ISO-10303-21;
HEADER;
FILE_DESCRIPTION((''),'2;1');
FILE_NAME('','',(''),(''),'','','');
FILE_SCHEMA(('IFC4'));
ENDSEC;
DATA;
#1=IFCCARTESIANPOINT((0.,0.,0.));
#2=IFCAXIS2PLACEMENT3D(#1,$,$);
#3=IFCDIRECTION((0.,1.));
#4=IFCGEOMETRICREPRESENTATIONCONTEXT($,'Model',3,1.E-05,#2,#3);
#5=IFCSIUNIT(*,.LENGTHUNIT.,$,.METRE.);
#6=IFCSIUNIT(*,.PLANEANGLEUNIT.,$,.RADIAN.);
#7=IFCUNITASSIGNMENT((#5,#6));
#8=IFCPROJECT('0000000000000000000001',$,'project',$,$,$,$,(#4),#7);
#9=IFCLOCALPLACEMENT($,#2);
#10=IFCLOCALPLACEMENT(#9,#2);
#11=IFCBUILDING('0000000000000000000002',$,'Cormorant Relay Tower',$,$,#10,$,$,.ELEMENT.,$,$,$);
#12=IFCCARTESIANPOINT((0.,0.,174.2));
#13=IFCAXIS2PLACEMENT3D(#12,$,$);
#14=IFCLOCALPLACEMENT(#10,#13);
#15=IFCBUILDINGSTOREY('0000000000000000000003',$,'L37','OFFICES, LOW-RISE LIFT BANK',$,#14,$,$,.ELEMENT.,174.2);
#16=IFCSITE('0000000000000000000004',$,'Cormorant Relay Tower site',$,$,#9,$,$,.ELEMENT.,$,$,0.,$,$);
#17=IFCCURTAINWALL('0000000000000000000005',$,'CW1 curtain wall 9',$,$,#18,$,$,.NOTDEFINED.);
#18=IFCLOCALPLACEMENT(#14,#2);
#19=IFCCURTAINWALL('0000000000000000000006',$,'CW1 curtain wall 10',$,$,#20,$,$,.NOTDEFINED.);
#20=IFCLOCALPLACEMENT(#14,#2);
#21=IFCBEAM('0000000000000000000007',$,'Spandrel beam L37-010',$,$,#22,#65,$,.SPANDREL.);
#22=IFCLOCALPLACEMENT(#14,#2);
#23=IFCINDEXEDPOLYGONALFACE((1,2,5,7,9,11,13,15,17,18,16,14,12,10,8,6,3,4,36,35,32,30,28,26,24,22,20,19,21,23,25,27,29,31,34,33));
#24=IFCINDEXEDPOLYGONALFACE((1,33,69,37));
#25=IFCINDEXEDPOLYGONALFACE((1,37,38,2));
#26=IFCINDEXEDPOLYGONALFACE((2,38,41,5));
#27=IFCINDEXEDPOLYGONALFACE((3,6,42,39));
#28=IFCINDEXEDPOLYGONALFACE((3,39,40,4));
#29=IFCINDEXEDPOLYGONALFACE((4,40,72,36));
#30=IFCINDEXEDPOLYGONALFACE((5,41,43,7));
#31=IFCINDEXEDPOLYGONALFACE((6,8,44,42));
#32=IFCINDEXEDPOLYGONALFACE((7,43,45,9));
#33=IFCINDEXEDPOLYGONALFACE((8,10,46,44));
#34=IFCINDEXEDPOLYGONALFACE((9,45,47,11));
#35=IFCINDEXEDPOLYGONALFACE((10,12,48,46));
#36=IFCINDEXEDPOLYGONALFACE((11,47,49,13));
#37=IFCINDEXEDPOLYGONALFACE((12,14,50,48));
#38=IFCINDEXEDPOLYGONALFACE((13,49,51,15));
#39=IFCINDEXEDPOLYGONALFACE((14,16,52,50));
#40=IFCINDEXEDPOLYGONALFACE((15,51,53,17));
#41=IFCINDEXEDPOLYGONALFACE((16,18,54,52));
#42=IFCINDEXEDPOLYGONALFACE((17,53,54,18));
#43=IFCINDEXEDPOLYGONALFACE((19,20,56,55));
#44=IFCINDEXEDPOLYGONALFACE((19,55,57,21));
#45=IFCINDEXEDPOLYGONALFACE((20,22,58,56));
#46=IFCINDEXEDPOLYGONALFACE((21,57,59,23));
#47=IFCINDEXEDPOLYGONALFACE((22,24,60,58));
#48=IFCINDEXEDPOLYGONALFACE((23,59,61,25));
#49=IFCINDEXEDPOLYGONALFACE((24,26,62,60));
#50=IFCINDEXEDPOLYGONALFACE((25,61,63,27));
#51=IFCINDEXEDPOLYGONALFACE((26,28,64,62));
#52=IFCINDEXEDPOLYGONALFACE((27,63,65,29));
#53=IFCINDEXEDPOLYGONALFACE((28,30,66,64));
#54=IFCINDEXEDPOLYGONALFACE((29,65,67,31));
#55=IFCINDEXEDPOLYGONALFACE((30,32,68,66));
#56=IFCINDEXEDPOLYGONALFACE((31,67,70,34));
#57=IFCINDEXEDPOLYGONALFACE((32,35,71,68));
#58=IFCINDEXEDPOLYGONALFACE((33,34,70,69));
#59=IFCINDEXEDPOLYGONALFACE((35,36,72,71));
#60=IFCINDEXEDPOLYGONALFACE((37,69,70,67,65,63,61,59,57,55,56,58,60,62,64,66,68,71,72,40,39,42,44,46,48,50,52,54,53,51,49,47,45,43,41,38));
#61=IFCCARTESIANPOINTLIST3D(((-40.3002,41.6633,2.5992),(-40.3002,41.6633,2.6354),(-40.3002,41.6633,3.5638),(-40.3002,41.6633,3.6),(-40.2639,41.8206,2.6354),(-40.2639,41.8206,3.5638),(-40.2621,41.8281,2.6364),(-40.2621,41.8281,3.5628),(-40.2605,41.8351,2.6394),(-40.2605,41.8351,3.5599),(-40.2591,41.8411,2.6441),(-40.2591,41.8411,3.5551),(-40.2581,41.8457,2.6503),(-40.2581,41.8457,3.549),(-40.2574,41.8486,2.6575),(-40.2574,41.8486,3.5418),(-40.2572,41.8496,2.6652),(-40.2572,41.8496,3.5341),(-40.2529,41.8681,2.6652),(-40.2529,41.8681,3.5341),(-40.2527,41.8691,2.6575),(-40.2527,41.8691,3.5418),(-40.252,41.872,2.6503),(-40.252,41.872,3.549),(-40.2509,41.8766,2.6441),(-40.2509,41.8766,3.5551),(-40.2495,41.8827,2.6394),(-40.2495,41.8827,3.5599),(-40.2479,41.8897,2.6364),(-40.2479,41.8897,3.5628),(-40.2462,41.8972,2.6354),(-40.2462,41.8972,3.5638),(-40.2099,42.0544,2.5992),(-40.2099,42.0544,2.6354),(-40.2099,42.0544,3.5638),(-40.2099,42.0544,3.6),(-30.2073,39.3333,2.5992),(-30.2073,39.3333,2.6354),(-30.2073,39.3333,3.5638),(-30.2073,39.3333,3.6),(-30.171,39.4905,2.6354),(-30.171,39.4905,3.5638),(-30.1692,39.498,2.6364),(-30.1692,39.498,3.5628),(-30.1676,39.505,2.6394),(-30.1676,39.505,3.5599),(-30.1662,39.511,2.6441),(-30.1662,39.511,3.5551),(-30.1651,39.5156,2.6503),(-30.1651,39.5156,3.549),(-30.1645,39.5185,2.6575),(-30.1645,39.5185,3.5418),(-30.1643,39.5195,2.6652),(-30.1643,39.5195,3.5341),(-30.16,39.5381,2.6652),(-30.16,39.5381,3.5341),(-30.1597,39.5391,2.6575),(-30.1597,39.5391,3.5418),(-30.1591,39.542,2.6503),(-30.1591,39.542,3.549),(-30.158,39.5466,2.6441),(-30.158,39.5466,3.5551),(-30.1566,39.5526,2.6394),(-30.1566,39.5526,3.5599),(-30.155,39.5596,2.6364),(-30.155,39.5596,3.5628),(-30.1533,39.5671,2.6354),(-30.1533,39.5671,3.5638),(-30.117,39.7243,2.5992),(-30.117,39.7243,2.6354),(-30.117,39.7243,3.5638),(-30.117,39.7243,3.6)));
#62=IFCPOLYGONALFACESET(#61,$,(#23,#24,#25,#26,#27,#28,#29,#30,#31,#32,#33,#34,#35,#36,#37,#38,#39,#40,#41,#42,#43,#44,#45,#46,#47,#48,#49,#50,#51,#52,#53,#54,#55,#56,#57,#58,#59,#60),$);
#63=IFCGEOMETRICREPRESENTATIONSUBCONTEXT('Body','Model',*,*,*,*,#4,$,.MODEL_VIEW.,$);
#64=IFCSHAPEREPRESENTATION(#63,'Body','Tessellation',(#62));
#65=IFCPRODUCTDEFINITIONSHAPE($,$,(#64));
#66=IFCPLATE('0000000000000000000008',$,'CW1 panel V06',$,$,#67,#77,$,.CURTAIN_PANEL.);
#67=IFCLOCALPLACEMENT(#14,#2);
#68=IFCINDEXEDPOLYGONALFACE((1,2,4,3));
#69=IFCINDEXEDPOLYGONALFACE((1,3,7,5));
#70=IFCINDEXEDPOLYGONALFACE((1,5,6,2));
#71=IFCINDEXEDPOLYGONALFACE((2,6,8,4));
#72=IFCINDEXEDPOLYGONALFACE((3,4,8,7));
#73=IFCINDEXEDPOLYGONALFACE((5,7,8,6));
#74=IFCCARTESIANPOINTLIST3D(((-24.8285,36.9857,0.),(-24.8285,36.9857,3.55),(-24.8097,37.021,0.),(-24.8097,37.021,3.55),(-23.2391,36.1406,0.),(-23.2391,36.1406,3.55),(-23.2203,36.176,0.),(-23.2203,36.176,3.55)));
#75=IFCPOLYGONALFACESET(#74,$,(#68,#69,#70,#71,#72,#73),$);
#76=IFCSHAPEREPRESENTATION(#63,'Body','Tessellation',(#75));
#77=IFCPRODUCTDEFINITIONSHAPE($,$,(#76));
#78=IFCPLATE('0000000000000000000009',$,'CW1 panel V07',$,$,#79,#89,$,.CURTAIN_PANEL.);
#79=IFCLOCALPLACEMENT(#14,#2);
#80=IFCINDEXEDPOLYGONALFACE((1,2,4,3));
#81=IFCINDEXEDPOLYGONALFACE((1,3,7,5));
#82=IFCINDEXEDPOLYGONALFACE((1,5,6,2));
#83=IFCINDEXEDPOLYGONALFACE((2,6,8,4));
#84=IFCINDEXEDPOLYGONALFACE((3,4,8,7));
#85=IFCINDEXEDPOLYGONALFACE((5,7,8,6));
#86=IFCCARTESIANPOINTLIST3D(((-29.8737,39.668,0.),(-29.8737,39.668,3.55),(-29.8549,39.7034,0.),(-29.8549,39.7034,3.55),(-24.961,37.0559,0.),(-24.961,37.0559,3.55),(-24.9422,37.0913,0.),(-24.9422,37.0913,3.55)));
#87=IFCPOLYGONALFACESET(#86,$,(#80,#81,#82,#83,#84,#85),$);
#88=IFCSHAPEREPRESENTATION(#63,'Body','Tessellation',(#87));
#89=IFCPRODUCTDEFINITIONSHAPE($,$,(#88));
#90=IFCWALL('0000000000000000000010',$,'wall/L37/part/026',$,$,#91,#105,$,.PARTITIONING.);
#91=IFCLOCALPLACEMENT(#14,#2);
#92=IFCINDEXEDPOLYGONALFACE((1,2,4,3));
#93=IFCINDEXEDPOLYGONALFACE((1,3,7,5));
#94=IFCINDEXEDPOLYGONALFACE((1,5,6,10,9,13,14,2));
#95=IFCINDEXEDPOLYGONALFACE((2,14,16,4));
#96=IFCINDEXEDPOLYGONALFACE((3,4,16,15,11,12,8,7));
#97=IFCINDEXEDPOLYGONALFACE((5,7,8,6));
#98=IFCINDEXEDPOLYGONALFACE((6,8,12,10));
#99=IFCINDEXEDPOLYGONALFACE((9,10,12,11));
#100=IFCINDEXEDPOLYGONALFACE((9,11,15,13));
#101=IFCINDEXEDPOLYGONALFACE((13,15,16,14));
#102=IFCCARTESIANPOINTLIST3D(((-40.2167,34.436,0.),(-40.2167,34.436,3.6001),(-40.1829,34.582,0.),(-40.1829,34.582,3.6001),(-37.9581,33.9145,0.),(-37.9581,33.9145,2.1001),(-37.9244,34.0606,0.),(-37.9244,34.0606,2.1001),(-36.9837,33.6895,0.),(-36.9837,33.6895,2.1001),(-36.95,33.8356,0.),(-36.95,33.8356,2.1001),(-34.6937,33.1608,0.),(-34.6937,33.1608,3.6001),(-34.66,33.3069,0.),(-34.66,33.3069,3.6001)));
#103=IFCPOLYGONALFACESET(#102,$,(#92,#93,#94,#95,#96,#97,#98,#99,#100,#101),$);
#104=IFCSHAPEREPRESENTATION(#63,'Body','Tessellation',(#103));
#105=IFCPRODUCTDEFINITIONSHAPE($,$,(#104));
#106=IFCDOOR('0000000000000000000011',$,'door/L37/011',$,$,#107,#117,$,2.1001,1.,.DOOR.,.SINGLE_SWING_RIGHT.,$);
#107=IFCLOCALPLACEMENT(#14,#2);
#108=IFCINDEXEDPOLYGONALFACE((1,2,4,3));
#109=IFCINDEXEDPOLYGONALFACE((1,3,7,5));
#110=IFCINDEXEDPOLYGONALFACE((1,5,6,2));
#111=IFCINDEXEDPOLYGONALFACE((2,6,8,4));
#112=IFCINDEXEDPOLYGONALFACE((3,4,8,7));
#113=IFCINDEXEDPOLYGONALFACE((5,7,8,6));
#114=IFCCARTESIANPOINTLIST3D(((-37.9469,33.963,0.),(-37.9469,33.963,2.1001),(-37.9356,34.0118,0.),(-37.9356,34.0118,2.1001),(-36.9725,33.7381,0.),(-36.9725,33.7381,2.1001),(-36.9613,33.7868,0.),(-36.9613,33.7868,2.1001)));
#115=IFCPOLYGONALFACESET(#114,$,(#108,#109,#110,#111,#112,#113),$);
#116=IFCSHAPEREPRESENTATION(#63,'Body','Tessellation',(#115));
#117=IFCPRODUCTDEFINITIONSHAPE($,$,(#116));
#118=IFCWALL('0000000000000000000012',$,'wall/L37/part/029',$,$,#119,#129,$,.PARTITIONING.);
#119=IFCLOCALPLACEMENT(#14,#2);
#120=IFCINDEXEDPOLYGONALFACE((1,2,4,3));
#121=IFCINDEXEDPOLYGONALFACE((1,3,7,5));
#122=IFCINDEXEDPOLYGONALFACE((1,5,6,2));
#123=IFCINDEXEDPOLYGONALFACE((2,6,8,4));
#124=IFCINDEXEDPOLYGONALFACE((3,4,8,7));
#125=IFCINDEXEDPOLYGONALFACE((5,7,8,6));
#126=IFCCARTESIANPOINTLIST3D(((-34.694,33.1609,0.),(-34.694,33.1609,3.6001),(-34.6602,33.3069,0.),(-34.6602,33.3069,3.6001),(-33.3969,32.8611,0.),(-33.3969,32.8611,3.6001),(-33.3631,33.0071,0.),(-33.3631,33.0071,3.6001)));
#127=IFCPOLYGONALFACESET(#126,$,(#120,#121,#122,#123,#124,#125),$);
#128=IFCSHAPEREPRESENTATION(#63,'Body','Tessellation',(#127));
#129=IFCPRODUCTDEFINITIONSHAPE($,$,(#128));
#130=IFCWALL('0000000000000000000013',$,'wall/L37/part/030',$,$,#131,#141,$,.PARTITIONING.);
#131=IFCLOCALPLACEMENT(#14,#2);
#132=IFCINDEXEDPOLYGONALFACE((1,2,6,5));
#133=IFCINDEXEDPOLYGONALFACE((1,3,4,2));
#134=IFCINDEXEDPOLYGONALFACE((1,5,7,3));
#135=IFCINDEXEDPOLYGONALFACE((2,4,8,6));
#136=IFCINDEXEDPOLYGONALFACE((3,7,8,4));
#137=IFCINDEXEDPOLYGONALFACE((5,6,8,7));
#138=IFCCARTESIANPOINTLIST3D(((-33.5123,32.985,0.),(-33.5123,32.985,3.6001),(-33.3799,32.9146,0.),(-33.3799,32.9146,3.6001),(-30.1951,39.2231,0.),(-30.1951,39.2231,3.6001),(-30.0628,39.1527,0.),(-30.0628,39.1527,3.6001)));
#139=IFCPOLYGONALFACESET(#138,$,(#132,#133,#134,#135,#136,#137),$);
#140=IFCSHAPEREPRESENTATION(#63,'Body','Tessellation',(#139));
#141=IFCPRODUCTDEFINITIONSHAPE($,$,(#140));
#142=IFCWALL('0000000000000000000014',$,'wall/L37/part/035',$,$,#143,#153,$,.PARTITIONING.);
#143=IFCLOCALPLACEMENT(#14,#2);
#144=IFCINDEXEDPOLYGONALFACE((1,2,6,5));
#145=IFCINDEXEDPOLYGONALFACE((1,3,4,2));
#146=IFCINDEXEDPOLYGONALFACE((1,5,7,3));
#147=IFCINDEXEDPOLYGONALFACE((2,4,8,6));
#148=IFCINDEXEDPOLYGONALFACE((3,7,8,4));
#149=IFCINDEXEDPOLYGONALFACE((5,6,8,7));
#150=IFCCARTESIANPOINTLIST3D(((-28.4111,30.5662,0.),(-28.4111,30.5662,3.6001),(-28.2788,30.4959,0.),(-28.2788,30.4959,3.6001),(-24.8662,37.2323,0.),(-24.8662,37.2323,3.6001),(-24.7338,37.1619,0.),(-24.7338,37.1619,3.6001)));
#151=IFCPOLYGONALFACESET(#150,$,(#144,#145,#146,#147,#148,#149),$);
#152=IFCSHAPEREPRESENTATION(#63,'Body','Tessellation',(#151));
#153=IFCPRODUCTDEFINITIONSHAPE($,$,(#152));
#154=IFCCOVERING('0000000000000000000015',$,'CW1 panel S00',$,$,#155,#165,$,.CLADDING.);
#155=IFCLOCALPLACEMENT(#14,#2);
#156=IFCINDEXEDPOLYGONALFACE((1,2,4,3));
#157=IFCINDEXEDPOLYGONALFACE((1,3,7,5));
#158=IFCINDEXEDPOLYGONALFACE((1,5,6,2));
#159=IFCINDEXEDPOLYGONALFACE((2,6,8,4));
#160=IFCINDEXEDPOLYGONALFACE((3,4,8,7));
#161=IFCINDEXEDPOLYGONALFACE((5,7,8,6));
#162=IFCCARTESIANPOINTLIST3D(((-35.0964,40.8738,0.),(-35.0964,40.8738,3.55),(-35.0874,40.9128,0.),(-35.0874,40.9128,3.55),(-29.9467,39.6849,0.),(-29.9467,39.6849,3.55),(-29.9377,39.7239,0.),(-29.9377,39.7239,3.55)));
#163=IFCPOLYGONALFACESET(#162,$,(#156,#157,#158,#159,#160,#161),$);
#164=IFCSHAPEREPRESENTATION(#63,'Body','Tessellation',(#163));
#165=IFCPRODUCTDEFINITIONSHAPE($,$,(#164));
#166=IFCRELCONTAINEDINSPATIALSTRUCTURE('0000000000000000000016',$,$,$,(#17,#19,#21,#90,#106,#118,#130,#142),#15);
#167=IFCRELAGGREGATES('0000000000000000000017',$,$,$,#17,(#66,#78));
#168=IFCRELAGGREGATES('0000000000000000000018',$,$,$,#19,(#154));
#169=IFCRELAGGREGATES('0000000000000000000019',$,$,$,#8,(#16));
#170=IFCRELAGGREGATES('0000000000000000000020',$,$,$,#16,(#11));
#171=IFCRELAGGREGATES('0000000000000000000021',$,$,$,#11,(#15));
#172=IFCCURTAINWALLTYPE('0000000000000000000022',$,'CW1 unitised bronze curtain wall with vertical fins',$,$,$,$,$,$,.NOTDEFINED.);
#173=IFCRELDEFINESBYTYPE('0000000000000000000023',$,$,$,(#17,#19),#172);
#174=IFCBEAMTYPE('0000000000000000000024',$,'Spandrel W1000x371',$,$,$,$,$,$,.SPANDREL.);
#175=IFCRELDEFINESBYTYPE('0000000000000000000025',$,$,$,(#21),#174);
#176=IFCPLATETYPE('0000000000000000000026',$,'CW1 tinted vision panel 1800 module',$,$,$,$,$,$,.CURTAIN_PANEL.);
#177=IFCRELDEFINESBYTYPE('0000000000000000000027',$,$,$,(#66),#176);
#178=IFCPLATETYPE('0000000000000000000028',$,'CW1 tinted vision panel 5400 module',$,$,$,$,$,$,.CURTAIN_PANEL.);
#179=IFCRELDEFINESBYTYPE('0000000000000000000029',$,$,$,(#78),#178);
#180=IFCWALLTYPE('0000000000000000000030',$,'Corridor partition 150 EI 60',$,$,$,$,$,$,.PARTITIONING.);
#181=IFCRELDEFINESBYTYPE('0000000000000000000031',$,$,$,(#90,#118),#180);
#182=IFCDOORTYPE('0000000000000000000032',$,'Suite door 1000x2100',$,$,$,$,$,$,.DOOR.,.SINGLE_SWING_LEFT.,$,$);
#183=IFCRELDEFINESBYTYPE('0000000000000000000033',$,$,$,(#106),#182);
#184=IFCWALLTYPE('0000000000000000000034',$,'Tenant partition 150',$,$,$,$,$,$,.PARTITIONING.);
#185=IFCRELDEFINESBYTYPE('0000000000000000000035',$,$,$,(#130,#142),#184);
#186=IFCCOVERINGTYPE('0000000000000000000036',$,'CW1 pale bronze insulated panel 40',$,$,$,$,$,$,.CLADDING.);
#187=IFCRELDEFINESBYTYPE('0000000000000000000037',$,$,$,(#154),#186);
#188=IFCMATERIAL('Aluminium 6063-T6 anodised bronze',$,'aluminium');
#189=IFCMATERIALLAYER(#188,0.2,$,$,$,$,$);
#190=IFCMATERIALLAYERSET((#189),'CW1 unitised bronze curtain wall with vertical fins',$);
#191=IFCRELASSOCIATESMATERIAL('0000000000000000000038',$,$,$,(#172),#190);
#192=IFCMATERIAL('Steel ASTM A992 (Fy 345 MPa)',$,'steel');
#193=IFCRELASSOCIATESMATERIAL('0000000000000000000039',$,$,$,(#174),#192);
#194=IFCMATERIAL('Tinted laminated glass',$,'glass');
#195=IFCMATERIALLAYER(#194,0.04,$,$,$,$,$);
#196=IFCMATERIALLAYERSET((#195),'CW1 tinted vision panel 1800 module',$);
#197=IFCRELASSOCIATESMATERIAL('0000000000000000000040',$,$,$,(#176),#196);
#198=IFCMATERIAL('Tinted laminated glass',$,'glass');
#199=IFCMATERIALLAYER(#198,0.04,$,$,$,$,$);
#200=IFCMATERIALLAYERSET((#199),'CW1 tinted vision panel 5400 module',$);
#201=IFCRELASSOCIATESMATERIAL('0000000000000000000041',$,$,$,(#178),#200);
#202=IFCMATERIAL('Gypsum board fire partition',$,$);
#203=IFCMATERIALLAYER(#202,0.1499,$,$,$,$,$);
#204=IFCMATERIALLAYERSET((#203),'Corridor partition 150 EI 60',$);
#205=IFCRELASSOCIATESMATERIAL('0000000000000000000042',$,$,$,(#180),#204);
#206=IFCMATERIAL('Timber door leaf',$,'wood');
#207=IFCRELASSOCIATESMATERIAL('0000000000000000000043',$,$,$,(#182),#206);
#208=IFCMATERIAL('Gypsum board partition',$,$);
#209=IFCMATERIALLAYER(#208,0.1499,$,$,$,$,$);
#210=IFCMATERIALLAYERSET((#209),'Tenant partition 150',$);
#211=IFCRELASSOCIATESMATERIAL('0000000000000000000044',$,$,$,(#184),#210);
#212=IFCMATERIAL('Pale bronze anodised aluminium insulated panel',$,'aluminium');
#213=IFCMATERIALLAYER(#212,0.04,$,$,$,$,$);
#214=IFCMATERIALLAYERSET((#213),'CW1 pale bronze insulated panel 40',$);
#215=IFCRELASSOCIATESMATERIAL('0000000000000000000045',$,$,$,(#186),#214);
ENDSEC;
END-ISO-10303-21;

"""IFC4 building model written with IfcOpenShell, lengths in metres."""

from ifc_helpers import new_model, si_unit, direction, frame, frame_2d, origin, origin_2d, place, context, subcontext, project, spatial, rectangle, i_section, extrude, material, layer, layer_set, material_profile, profile_set, type_object, element, fill, aggregate, save


model = new_model("IFC4")

# Units and contexts
model_context = context("Model", 3, precision=1e-05, world=origin(), true_north=direction((0.0, 1.0)))
body_context = subcontext(model_context, "Body", "Model", "MODEL_VIEW")
ifc_project = project(units=[si_unit("LENGTHUNIT", "METRE"), si_unit("PLANEANGLEUNIT", "RADIAN")], contexts=[model_context])

# Site, building, storey
site_placement = place(None, origin())
site = spatial("IfcSite", under=ifc_project, at=site_placement, Name="Cormorant Relay Tower site", CompositionType="ELEMENT", RefElevation=0.0)
building_placement = place(site_placement, origin())
building = spatial("IfcBuilding", under=site, at=building_placement, Name="Cormorant Relay Tower", CompositionType="ELEMENT")
storey_placement = place(building_placement, frame((0.0, 0.0, 174.2)))
storey = spatial("IfcBuildingStorey", under=building, at=storey_placement, Name="L37", Description="OFFICES, LOW-RISE LIFT BANK", CompositionType="ELEMENT", Elevation=174.2)

# Curtain wall
ifc_material_1 = material(Name="Aluminium 6063-T6 anodised bronze", Category="aluminium")
ifc_layer_1 = layer(ifc_material_1, 0.2)
ifc_layer_set_1 = layer_set([ifc_layer_1], Name="CW1 unitised bronze curtain wall with vertical fins")
curtain_wall_type = type_object("IfcCurtainWallType", Name="CW1 unitised bronze curtain wall with vertical fins", PredefinedType="NOTDEFINED", material=ifc_layer_set_1)
curtain_wall_1_placement = place(storey_placement, origin())
curtain_wall_1 = element("IfcCurtainWall", 1, at=curtain_wall_1_placement, inside=storey, type_object=curtain_wall_type, Name="CW1 curtain wall 9", PredefinedType="NOTDEFINED")

# Curtain wall
curtain_wall_2_placement = place(storey_placement, origin())
curtain_wall_2 = element("IfcCurtainWall", 2, at=curtain_wall_2_placement, inside=storey, type_object=curtain_wall_type, Name="CW1 curtain wall 10", PredefinedType="NOTDEFINED")

# Beam
ifc_material_2 = material(Name="Steel ASTM A992 (Fy 345 MPa)", Category="steel")
ifc_material_profile_1 = material_profile(ifc_material_2, i_section(OverallWidth=0.4014, OverallDepth=1.0007, WebThickness=0.019, FlangeThickness=0.0361, FilletRadius=0.0298, at=origin_2d()), Name="W1000x371")
ifc_profile_set_1 = profile_set([ifc_material_profile_1], Name="Steel ASTM A992 (Fy 345 MPa)")
beam_type = type_object("IfcBeamType", Name="Spandrel W1000x371", PredefinedType="SPANDREL", material=ifc_profile_set_1)
beam_placement = place(storey_placement, frame((-30.1621, 39.5288, 3.0996), z_axis=(-0.974372, 0.224944, 0.0), x_axis=(-0.224944, -0.974372, 0.0)))
element("IfcBeam", 3, at=beam_placement, inside=storey, type_object=beam_type, Name="Spandrel beam L37-010", PredefinedType="SPANDREL", context=body_context, shape_type="SweptSolid", body=[
    extrude(i_section(OverallWidth=0.4014, OverallDepth=1.0007, WebThickness=0.019, FlangeThickness=0.0361, FilletRadius=0.0298, at=origin_2d()), origin(), (0.0, 0.0, 1.0), 10.3584),
])

# Plates
ifc_material_3 = material(Name="Tinted laminated glass", Category="glass")
ifc_layer_2 = layer(ifc_material_3, 0.04)
ifc_layer_set_2 = layer_set([ifc_layer_2], Name="CW1 tinted vision panel 1800 module")
plate_type_1 = type_object("IfcPlateType", Name="CW1 tinted vision panel 1800 module", PredefinedType="CURTAIN_PANEL", material=ifc_layer_set_2)
plate_1_placement = place(storey_placement, frame((-24.0244, 36.5808, 0.0), z_axis=(0.0, 0.0, 1.0), x_axis=(-0.882948, 0.469472, 0.0)))
plate_1 = element("IfcPlate", 4, at=plate_1_placement, type_object=plate_type_1, Name="CW1 panel V06", PredefinedType="CURTAIN_PANEL", context=body_context, shape_type="SweptSolid", body=[
    extrude(rectangle(XDim=1.8, YDim=0.04, at=origin_2d()), origin(), (0.0, 0.0, 1.0), 3.55),
])
ifc_material_4 = material(Name="Tinted laminated glass", Category="glass")
ifc_layer_3 = layer(ifc_material_4, 0.04)
ifc_layer_set_3 = layer_set([ifc_layer_3], Name="CW1 tinted vision panel 5400 module")
plate_type_2 = type_object("IfcPlateType", Name="CW1 tinted vision panel 5400 module", PredefinedType="CURTAIN_PANEL", material=ifc_layer_set_3)
plate_2_placement = place(storey_placement, frame((-27.408, 38.3796, 0.0), z_axis=(0.0, 0.0, 1.0), x_axis=(-0.882948, 0.469472, 0.0)))
plate_2 = element("IfcPlate", 5, at=plate_2_placement, type_object=plate_type_2, Name="CW1 panel V07", PredefinedType="CURTAIN_PANEL", context=body_context, shape_type="SweptSolid", body=[
    extrude(rectangle(XDim=5.564, YDim=0.04, at=origin_2d()), origin(), (0.0, 0.0, 1.0), 3.55),
])
aggregate(curtain_wall_1, [plate_1, plate_2])

# Wall, opening, door
ifc_material_5 = material(Name="Gypsum board fire partition")
ifc_layer_4 = layer(ifc_material_5, 0.1499)
ifc_layer_set_4 = layer_set([ifc_layer_4], Name="Corridor partition 150 EI 60")
wall_type_1 = type_object("IfcWallType", Name="Corridor partition 150 EI 60", PredefinedType="PARTITIONING", material=ifc_layer_set_4)
wall_1_placement = place(storey_placement, frame((-34.677, 33.2339, 0.0), z_axis=(0.0, 0.0, 1.0), x_axis=(-0.974367, 0.224963, 0.0)))
wall_1 = element("IfcWall", 6, at=wall_1_placement, inside=storey, type_object=wall_type_1, Name="wall/L37/part/026", PredefinedType="PARTITIONING", context=body_context, shape_type="SweptSolid", body=[
    extrude(rectangle(XDim=5.6682, YDim=0.1499, at=frame_2d((2.834, 0.0))), origin(), (0.0, 0.0, 1.0), 3.6001),
])
opening_placement = place(wall_1_placement, frame((2.3501, 0.0, 0.0)))
opening = element("IfcOpeningElement", 7, at=opening_placement, cuts=wall_1, PredefinedType="OPENING", context=body_context, shape_type="SweptSolid", body=[
    extrude(rectangle(XDim=1.0, YDim=2.1001, at=frame_2d((0.5, 1.05))), frame((0.0, 0.085, 0.0), z_axis=(0.0, -1.0, 0.0), x_axis=(1.0, 0.0, 0.0)), (0.0, 0.0, 1.0), 0.1699),
])
ifc_material_6 = material(Name="Timber door leaf", Category="wood")
door_type = type_object("IfcDoorType", Name="Suite door 1000x2100", OperationType="SINGLE_SWING_LEFT", PredefinedType="DOOR", material=ifc_material_6)
door_placement = place(opening_placement, frame((1.0, 0.0, 0.0), z_axis=(0.0, 0.0, 1.0), x_axis=(-1.0, 0.0, 0.0)))
door = element("IfcDoor", 8, at=door_placement, inside=storey, type_object=door_type, Name="door/L37/011", OperationType="SINGLE_SWING_RIGHT", OverallHeight=2.1001, OverallWidth=1.0, PredefinedType="DOOR", context=body_context, shape_type="SweptSolid", body=[
    extrude(rectangle(XDim=1.0, YDim=2.1001, at=frame_2d((0.5, 1.05))), frame((0.0, 0.0249, 0.0), z_axis=(0.0, -1.0, 0.0), x_axis=(1.0, 0.0, 0.0)), (0.0, 0.0, 1.0), 0.05),
])
fill(opening, door)

# Walls
wall_2_placement = place(storey_placement, frame((-34.677, 33.2339, 0.0), z_axis=(0.0, 0.0, 1.0), x_axis=(0.974314, -0.225194, 0.0)))
element("IfcWall", 9, at=wall_2_placement, inside=storey, type_object=wall_type_1, Name="wall/L37/part/029", PredefinedType="PARTITIONING", context=body_context, shape_type="SweptSolid", body=[
    extrude(rectangle(XDim=1.3313, YDim=0.1499, at=frame_2d((0.6655, 0.0))), origin(), (0.0, 0.0, 1.0), 3.6001),
])
ifc_material_7 = material(Name="Gypsum board partition")
ifc_layer_5 = layer(ifc_material_7, 0.1499)
ifc_layer_set_5 = layer_set([ifc_layer_5], Name="Tenant partition 150")
wall_type_2 = type_object("IfcWallType", Name="Tenant partition 150", PredefinedType="PARTITIONING", material=ifc_layer_set_5)
wall_3_placement = place(storey_placement, frame((-30.1289, 39.188, 0.0), z_axis=(0.0, 0.0, 1.0), x_axis=(-0.469506, -0.882929, 0.0)))
element("IfcWall", 10, at=wall_3_placement, inside=storey, type_object=wall_type_2, Name="wall/L37/part/030", PredefinedType="PARTITIONING", context=body_context, shape_type="SweptSolid", body=[
    extrude(rectangle(XDim=7.0652, YDim=0.1499, at=frame_2d((3.5327, 0.0))), origin(), (0.0, 0.0, 1.0), 3.6001),
])
wall_4_placement = place(storey_placement, frame((-24.8, 37.197, 0.0), z_axis=(0.0, 0.0, 1.0), x_axis=(-0.469527, -0.882918, 0.0)))
element("IfcWall", 11, at=wall_4_placement, inside=storey, type_object=wall_type_2, Name="wall/L37/part/035", PredefinedType="PARTITIONING", context=body_context, shape_type="SweptSolid", body=[
    extrude(rectangle(XDim=7.55, YDim=0.1499, at=frame_2d((3.7749, 0.0))), origin(), (0.0, 0.0, 1.0), 3.6001),
])

# Covering
ifc_material_8 = material(Name="Pale bronze anodised aluminium insulated panel", Category="aluminium")
ifc_layer_6 = layer(ifc_material_8, 0.04)
ifc_layer_set_6 = layer_set([ifc_layer_6], Name="CW1 pale bronze insulated panel 40")
covering_type = type_object("IfcCoveringType", Name="CW1 pale bronze insulated panel 40", PredefinedType="CLADDING", material=ifc_layer_set_6)
covering_placement = place(storey_placement, frame((-32.5171, 40.2988, 0.0), z_axis=(0.0, 0.0, 1.0), x_axis=(-0.97437, 0.224951, 0.0)))
covering = element("IfcCovering", 12, at=covering_placement, type_object=covering_type, Name="CW1 panel S00", PredefinedType="CLADDING", context=body_context, shape_type="SweptSolid", body=[
    extrude(rectangle(XDim=5.2852, YDim=0.04, at=origin_2d()), origin(), (0.0, 0.0, 1.0), 3.55),
])
aggregate(curtain_wall_2, [covering])

save(model, "model.ifc")
